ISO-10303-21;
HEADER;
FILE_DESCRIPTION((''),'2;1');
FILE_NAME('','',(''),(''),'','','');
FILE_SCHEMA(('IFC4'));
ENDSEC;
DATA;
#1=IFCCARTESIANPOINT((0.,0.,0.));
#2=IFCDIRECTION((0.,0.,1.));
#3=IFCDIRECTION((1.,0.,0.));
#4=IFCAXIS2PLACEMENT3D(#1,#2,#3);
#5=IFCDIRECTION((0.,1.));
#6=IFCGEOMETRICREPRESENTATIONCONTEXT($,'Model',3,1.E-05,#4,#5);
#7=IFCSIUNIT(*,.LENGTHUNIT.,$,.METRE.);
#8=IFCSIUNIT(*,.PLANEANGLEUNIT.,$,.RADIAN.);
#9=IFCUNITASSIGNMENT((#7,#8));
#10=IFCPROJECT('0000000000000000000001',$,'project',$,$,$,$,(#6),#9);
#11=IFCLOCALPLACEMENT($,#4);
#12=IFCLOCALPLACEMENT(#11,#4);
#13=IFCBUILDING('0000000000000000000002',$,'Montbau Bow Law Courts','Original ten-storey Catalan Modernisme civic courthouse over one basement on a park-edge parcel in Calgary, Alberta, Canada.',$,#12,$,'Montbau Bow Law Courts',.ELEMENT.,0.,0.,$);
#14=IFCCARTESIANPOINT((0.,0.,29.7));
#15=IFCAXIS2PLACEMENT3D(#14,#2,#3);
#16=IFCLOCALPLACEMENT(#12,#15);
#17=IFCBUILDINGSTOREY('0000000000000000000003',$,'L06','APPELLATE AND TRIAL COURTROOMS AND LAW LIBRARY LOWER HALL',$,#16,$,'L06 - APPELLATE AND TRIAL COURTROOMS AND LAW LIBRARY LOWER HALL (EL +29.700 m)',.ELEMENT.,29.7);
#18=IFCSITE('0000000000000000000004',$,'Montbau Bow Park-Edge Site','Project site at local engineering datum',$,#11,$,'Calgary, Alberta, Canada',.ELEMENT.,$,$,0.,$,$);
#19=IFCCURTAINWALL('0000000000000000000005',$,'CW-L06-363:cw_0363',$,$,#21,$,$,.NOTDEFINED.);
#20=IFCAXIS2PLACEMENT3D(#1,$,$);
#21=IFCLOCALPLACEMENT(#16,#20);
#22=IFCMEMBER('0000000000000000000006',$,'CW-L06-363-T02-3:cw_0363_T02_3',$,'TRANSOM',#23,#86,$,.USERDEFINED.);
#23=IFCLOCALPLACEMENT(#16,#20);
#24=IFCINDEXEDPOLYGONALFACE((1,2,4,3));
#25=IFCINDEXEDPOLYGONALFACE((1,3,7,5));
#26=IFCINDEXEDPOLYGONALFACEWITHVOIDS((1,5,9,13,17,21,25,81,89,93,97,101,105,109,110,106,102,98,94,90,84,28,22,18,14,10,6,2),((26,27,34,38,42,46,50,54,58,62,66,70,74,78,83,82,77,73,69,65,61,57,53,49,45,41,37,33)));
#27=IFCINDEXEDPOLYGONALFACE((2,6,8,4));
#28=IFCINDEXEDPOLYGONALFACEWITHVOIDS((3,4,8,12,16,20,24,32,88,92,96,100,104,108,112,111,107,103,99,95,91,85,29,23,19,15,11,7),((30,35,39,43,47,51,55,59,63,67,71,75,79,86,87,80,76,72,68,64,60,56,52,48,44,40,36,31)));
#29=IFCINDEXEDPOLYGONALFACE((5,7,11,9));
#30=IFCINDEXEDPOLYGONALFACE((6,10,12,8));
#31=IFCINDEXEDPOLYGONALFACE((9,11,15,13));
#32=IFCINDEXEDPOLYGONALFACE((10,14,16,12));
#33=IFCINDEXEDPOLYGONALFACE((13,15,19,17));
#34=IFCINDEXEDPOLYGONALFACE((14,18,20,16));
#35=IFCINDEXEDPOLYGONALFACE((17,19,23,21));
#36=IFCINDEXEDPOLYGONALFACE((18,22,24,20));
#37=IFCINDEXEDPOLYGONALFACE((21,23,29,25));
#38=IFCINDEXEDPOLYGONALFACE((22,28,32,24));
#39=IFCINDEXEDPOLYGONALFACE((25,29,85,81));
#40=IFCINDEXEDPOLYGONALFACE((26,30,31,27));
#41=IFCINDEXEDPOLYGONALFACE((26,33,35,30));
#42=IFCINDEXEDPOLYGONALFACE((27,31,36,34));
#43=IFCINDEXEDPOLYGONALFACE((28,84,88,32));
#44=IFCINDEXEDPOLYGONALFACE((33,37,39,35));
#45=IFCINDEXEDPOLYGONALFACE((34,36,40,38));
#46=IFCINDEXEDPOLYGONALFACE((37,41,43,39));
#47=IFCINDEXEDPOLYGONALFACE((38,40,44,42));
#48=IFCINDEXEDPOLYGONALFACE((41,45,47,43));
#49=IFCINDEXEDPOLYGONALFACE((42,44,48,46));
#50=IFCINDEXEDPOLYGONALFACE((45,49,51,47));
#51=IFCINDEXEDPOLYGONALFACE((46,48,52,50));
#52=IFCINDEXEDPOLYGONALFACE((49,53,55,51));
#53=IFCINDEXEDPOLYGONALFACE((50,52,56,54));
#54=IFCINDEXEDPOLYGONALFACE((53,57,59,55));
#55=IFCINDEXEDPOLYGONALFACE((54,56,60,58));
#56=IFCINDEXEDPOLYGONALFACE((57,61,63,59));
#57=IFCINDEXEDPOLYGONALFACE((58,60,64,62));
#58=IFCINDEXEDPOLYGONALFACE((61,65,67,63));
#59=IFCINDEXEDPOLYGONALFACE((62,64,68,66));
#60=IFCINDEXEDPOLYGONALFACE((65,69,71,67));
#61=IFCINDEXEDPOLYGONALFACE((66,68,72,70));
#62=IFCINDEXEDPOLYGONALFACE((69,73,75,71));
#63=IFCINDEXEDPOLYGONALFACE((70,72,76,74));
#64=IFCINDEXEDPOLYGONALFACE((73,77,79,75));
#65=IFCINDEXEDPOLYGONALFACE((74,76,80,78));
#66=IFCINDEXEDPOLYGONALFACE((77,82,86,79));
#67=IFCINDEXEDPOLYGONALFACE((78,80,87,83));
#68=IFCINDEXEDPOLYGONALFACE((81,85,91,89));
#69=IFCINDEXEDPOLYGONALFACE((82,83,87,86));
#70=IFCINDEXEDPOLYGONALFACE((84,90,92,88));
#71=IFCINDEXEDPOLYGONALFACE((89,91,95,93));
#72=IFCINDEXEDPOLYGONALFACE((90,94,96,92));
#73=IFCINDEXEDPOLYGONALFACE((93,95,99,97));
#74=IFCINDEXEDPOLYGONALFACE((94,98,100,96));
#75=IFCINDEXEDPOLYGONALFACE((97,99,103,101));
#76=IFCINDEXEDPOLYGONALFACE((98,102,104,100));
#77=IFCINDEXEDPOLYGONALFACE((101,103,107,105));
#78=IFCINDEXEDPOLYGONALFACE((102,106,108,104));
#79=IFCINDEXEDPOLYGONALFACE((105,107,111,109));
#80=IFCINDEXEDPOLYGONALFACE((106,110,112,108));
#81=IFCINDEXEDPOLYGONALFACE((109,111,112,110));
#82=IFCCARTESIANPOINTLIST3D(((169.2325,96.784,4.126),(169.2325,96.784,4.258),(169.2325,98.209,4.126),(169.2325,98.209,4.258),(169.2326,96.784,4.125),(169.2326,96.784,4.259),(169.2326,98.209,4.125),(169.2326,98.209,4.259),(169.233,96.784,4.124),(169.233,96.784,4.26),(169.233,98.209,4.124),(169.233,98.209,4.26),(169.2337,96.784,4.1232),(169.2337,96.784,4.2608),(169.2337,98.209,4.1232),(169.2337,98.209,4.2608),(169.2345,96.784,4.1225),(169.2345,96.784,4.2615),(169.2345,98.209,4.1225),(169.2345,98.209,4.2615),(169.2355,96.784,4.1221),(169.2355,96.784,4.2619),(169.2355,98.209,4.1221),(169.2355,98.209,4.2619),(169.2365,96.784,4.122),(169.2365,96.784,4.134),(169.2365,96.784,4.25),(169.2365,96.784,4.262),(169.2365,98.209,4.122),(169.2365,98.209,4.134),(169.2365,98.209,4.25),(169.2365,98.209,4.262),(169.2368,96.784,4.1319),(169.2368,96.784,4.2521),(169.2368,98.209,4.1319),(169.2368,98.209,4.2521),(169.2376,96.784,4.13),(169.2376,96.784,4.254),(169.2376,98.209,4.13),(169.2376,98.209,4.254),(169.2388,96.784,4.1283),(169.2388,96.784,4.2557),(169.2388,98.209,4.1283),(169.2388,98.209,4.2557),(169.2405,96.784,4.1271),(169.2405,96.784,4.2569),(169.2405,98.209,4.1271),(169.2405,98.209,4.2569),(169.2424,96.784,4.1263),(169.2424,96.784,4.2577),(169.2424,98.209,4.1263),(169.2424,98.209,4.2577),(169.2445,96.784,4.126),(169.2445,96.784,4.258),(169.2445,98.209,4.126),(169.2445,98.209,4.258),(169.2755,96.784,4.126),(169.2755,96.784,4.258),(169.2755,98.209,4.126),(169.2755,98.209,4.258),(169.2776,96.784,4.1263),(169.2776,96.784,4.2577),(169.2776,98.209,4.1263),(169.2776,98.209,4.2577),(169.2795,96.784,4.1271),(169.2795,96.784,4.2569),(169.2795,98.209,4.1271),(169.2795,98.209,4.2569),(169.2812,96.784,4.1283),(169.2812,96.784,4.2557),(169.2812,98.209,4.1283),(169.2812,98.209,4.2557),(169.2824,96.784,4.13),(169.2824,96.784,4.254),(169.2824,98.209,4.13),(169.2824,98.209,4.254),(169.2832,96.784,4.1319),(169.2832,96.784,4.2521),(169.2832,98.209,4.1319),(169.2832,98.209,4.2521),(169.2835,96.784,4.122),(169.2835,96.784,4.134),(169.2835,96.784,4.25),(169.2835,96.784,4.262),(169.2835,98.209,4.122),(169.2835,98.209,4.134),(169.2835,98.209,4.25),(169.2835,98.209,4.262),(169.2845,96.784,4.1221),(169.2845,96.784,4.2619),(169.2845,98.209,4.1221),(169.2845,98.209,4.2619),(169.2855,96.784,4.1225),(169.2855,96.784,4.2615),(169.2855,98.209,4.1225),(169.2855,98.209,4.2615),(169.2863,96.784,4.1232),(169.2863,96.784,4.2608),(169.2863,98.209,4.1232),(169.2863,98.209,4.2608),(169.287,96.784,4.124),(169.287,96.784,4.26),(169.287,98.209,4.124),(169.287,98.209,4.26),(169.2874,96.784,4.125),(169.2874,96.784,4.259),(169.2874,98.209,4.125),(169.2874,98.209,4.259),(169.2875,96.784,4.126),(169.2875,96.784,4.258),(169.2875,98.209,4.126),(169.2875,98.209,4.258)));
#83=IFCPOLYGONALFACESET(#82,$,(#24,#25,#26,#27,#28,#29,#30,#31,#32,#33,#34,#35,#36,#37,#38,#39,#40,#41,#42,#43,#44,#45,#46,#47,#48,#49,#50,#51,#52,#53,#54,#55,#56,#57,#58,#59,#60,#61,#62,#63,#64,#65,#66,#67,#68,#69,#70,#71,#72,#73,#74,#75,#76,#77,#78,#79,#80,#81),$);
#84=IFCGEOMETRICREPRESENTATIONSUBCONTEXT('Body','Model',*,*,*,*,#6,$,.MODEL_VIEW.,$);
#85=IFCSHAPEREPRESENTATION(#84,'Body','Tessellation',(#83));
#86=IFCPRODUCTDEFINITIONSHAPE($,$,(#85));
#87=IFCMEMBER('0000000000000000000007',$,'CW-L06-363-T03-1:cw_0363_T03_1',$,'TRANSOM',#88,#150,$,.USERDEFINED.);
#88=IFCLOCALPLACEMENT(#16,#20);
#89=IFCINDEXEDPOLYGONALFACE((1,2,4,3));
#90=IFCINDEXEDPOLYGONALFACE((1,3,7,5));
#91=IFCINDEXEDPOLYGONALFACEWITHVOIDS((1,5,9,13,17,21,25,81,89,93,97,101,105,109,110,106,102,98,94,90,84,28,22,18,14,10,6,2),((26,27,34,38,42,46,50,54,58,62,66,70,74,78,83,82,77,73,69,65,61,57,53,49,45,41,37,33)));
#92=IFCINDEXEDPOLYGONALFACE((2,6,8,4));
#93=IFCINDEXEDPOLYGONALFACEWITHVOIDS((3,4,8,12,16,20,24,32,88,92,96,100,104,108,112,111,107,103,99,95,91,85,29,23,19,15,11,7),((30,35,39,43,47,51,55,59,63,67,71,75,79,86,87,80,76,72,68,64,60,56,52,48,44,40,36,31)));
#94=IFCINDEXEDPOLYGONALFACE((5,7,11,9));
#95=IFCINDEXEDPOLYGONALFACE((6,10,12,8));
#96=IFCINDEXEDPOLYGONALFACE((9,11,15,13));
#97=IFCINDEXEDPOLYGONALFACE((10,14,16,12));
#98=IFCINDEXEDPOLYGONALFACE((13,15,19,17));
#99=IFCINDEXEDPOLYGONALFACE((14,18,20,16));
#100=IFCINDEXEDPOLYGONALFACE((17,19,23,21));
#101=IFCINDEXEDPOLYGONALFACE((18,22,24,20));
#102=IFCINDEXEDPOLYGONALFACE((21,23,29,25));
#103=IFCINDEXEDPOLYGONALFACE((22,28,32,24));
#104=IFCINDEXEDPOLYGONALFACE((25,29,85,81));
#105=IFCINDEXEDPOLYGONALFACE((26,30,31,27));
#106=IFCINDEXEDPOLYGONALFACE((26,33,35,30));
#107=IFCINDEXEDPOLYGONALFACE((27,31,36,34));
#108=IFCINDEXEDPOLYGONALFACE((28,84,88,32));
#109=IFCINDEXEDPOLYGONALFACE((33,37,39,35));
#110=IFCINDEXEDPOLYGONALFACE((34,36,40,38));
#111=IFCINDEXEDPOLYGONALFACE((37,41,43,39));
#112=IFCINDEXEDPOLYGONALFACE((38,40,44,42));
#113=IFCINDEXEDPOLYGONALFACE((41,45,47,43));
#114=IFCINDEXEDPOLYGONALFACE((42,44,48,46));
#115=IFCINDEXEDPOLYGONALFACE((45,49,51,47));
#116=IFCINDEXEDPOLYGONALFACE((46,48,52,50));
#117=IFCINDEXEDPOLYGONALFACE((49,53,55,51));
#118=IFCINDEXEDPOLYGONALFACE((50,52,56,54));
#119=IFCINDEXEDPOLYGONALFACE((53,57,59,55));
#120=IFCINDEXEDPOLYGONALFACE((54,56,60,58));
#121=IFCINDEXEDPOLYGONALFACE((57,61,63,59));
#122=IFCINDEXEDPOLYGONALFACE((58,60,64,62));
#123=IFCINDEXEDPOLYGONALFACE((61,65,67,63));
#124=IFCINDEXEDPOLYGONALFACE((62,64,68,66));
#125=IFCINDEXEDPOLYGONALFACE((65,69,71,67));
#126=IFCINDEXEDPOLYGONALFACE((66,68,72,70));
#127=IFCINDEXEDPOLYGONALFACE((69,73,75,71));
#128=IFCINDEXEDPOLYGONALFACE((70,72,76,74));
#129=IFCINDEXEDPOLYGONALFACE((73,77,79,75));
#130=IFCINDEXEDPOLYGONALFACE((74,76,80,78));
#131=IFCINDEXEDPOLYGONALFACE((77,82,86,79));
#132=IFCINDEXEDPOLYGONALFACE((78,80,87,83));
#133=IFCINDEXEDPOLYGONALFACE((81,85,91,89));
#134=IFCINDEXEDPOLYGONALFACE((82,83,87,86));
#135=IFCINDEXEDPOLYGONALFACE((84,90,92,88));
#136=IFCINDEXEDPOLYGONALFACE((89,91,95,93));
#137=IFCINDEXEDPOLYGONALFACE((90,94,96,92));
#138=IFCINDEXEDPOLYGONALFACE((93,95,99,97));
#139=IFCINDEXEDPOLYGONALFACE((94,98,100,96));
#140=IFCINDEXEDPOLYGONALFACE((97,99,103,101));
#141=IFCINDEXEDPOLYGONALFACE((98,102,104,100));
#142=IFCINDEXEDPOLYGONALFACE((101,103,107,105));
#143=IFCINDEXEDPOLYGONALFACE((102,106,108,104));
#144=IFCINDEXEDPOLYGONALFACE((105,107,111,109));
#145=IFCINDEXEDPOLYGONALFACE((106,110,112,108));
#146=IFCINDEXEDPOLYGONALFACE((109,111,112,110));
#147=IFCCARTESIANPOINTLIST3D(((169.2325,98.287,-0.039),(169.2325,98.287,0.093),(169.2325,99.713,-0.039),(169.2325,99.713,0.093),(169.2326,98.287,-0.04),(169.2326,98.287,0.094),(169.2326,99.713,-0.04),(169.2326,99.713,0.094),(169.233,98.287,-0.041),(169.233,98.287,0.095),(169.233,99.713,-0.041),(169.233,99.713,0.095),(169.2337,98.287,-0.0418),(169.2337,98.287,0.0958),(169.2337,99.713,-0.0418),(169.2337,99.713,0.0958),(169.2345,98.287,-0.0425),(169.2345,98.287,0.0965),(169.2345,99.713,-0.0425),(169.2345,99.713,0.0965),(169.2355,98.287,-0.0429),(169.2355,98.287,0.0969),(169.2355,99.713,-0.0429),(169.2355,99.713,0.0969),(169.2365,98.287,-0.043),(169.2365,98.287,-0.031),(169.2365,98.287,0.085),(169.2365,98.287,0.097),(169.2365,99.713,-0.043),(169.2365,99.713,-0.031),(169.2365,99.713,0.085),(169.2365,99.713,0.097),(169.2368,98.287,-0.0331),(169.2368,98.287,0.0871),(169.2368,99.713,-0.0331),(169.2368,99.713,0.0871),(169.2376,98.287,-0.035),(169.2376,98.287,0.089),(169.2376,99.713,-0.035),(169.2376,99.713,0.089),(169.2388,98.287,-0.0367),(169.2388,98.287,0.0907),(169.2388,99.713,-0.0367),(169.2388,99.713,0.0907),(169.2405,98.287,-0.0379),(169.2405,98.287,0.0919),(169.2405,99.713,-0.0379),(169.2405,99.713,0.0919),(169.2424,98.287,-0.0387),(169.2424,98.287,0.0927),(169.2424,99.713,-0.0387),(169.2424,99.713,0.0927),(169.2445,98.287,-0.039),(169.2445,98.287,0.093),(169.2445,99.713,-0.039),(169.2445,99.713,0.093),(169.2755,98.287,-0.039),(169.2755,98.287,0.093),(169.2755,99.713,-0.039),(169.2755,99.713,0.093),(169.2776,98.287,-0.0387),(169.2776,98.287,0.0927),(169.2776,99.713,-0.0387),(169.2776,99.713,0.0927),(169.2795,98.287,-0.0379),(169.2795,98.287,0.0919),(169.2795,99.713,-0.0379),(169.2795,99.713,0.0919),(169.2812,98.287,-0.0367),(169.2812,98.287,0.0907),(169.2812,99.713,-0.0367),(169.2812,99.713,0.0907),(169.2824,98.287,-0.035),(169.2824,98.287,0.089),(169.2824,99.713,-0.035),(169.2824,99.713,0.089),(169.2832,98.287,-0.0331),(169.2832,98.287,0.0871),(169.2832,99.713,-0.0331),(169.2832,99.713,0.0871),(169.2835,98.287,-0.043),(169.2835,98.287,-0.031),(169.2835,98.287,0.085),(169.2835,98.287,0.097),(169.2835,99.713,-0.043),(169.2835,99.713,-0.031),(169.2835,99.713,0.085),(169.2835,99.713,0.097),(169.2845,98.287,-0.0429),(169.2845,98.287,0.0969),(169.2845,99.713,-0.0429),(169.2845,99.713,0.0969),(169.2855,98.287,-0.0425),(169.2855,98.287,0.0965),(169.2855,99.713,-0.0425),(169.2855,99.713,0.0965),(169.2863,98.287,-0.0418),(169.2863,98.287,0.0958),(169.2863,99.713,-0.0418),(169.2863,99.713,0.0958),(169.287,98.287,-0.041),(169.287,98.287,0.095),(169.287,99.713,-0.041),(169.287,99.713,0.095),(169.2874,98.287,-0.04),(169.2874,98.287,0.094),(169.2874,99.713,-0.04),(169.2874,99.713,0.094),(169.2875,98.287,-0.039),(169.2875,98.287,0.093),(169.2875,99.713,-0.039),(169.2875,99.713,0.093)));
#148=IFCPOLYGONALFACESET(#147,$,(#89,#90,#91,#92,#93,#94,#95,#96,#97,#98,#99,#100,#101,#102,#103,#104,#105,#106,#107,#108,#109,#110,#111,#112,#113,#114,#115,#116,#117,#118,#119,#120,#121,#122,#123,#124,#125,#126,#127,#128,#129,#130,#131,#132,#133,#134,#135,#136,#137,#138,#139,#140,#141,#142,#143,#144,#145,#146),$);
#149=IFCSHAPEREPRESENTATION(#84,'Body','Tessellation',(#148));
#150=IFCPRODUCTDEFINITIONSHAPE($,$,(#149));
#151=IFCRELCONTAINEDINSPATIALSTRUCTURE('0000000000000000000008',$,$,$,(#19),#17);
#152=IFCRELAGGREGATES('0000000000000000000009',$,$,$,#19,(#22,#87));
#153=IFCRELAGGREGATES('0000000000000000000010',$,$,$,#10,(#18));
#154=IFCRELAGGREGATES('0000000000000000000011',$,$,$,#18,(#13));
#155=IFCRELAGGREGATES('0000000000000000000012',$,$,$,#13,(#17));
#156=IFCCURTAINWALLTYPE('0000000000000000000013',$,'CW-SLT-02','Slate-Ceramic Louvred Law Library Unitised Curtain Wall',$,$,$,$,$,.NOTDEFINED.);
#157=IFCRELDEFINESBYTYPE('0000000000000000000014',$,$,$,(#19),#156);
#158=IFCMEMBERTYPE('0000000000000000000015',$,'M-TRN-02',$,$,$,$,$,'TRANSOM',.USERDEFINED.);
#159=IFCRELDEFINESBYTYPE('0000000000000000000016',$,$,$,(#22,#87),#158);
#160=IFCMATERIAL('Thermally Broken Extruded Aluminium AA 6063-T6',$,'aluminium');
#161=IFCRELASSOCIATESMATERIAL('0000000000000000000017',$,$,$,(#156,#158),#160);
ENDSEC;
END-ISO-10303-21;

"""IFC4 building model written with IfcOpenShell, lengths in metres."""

from ifc_helpers import new_model, si_unit, direction, frame, origin_with_axes, origin_2d_with_axis, place, context, subcontext, project, spatial, hollow_rectangle, extrude, material, material_profile, profile_set, type_object, element, aggregate, save


model = new_model("IFC4")

# Units and contexts
model_context = context("Model", 3, precision=1e-05, world=origin_with_axes(), true_north=direction((0.0, 1.0)))
body_context = subcontext(model_context, "Body", "Model", "MODEL_VIEW")
ifc_project = project(units=[si_unit("LENGTHUNIT", "METRE"), si_unit("PLANEANGLEUNIT", "RADIAN")], contexts=[model_context])

# Site, building, storey
site_placement = place(None, origin_with_axes())
site = spatial("IfcSite", under=ifc_project, at=site_placement, Name="Montbau Bow Park-Edge Site", Description="Project site at local engineering datum", LongName="Calgary, Alberta, Canada", CompositionType="ELEMENT", RefElevation=0.0)
building_placement = place(site_placement, origin_with_axes())
building = spatial("IfcBuilding", under=site, at=building_placement, Name="Montbau Bow Law Courts", Description="Original ten-storey Catalan Modernisme civic courthouse over one basement on a park-edge parcel in Calgary, Alberta, Canada.", LongName="Montbau Bow Law Courts", CompositionType="ELEMENT", ElevationOfRefHeight=0.0, ElevationOfTerrain=0.0)
storey_placement = place(building_placement, frame((0.0, 0.0, 29.7), z_axis=(0.0, 0.0, 1.0), x_axis=(1.0, 0.0, 0.0)))
storey = spatial("IfcBuildingStorey", under=building, at=storey_placement, Name="L06", Description="APPELLATE AND TRIAL COURTROOMS AND LAW LIBRARY LOWER HALL", LongName="L06 - APPELLATE AND TRIAL COURTROOMS AND LAW LIBRARY LOWER HALL (EL +29.700 m)", CompositionType="ELEMENT", Elevation=29.7)

# Curtain wall, members
ifc_material_1 = material(Name="Thermally Broken Extruded Aluminium AA 6063-T6", Category="aluminium")
curtain_wall_type = type_object("IfcCurtainWallType", Name="CW-SLT-02", Description="Slate-Ceramic Louvred Law Library Unitised Curtain Wall", PredefinedType="NOTDEFINED", material=ifc_material_1)
curtain_wall_placement = place(None, frame((169.26, 95.24, 29.7), z_axis=(0.0, 0.0, 1.0), x_axis=(1.0, 0.0, 0.0)))
curtain_wall = element("IfcCurtainWall", 1, at=curtain_wall_placement, inside=storey, type_object=curtain_wall_type, Name="CW-L06-363:cw_0363", PredefinedType="NOTDEFINED")
ifc_material_profile_1 = material_profile(ifc_material_1, hollow_rectangle(XDim=0.055, YDim=0.14, WallThickness=0.004, InnerFilletRadius=0.008, OuterFilletRadius=0.004, at=origin_2d_with_axis()), Name="CWT-140X55", Category="Main", Priority=0)
ifc_profile_set_1 = profile_set([ifc_material_profile_1], Name="Thermally Broken Extruded Aluminium AA 6063-T6")
member_type_1 = type_object("IfcMemberType", Name="M-TRN-02", ElementType="TRANSOM", PredefinedType="USERDEFINED", material=ifc_profile_set_1)
member_1_placement = place(None, frame((169.26, 96.784, 33.892), z_axis=(0.0, 1.0, 0.0), x_axis=(-1.0, 0.0, 0.0)))
member_1 = element("IfcMember", 2, at=member_1_placement, type_object=member_type_1, Name="CW-L06-363-T02-3:cw_0363_T02_3", ObjectType="TRANSOM", PredefinedType="USERDEFINED", context=body_context, shape_type="SweptSolid", body=[
    extrude(hollow_rectangle(XDim=0.055, YDim=0.14, WallThickness=0.004, InnerFilletRadius=0.008, OuterFilletRadius=0.004, at=origin_2d_with_axis()), origin_with_axes(), (0.0, 0.0, 1.0), 1.425),
])
member_2_placement = place(None, frame((169.26, 98.287, 29.727), z_axis=(0.0, 1.0, 0.0), x_axis=(-1.0, 0.0, 0.0)))
member_2 = element("IfcMember", 3, at=member_2_placement, type_object=member_type_1, Name="CW-L06-363-T03-1:cw_0363_T03_1", ObjectType="TRANSOM", PredefinedType="USERDEFINED", context=body_context, shape_type="SweptSolid", body=[
    extrude(hollow_rectangle(XDim=0.055, YDim=0.14, WallThickness=0.004, InnerFilletRadius=0.008, OuterFilletRadius=0.004, at=origin_2d_with_axis()), origin_with_axes(), (0.0, 0.0, 1.0), 1.426),
])
aggregate(curtain_wall, [member_1, member_2])

save(model, "model.ifc")
